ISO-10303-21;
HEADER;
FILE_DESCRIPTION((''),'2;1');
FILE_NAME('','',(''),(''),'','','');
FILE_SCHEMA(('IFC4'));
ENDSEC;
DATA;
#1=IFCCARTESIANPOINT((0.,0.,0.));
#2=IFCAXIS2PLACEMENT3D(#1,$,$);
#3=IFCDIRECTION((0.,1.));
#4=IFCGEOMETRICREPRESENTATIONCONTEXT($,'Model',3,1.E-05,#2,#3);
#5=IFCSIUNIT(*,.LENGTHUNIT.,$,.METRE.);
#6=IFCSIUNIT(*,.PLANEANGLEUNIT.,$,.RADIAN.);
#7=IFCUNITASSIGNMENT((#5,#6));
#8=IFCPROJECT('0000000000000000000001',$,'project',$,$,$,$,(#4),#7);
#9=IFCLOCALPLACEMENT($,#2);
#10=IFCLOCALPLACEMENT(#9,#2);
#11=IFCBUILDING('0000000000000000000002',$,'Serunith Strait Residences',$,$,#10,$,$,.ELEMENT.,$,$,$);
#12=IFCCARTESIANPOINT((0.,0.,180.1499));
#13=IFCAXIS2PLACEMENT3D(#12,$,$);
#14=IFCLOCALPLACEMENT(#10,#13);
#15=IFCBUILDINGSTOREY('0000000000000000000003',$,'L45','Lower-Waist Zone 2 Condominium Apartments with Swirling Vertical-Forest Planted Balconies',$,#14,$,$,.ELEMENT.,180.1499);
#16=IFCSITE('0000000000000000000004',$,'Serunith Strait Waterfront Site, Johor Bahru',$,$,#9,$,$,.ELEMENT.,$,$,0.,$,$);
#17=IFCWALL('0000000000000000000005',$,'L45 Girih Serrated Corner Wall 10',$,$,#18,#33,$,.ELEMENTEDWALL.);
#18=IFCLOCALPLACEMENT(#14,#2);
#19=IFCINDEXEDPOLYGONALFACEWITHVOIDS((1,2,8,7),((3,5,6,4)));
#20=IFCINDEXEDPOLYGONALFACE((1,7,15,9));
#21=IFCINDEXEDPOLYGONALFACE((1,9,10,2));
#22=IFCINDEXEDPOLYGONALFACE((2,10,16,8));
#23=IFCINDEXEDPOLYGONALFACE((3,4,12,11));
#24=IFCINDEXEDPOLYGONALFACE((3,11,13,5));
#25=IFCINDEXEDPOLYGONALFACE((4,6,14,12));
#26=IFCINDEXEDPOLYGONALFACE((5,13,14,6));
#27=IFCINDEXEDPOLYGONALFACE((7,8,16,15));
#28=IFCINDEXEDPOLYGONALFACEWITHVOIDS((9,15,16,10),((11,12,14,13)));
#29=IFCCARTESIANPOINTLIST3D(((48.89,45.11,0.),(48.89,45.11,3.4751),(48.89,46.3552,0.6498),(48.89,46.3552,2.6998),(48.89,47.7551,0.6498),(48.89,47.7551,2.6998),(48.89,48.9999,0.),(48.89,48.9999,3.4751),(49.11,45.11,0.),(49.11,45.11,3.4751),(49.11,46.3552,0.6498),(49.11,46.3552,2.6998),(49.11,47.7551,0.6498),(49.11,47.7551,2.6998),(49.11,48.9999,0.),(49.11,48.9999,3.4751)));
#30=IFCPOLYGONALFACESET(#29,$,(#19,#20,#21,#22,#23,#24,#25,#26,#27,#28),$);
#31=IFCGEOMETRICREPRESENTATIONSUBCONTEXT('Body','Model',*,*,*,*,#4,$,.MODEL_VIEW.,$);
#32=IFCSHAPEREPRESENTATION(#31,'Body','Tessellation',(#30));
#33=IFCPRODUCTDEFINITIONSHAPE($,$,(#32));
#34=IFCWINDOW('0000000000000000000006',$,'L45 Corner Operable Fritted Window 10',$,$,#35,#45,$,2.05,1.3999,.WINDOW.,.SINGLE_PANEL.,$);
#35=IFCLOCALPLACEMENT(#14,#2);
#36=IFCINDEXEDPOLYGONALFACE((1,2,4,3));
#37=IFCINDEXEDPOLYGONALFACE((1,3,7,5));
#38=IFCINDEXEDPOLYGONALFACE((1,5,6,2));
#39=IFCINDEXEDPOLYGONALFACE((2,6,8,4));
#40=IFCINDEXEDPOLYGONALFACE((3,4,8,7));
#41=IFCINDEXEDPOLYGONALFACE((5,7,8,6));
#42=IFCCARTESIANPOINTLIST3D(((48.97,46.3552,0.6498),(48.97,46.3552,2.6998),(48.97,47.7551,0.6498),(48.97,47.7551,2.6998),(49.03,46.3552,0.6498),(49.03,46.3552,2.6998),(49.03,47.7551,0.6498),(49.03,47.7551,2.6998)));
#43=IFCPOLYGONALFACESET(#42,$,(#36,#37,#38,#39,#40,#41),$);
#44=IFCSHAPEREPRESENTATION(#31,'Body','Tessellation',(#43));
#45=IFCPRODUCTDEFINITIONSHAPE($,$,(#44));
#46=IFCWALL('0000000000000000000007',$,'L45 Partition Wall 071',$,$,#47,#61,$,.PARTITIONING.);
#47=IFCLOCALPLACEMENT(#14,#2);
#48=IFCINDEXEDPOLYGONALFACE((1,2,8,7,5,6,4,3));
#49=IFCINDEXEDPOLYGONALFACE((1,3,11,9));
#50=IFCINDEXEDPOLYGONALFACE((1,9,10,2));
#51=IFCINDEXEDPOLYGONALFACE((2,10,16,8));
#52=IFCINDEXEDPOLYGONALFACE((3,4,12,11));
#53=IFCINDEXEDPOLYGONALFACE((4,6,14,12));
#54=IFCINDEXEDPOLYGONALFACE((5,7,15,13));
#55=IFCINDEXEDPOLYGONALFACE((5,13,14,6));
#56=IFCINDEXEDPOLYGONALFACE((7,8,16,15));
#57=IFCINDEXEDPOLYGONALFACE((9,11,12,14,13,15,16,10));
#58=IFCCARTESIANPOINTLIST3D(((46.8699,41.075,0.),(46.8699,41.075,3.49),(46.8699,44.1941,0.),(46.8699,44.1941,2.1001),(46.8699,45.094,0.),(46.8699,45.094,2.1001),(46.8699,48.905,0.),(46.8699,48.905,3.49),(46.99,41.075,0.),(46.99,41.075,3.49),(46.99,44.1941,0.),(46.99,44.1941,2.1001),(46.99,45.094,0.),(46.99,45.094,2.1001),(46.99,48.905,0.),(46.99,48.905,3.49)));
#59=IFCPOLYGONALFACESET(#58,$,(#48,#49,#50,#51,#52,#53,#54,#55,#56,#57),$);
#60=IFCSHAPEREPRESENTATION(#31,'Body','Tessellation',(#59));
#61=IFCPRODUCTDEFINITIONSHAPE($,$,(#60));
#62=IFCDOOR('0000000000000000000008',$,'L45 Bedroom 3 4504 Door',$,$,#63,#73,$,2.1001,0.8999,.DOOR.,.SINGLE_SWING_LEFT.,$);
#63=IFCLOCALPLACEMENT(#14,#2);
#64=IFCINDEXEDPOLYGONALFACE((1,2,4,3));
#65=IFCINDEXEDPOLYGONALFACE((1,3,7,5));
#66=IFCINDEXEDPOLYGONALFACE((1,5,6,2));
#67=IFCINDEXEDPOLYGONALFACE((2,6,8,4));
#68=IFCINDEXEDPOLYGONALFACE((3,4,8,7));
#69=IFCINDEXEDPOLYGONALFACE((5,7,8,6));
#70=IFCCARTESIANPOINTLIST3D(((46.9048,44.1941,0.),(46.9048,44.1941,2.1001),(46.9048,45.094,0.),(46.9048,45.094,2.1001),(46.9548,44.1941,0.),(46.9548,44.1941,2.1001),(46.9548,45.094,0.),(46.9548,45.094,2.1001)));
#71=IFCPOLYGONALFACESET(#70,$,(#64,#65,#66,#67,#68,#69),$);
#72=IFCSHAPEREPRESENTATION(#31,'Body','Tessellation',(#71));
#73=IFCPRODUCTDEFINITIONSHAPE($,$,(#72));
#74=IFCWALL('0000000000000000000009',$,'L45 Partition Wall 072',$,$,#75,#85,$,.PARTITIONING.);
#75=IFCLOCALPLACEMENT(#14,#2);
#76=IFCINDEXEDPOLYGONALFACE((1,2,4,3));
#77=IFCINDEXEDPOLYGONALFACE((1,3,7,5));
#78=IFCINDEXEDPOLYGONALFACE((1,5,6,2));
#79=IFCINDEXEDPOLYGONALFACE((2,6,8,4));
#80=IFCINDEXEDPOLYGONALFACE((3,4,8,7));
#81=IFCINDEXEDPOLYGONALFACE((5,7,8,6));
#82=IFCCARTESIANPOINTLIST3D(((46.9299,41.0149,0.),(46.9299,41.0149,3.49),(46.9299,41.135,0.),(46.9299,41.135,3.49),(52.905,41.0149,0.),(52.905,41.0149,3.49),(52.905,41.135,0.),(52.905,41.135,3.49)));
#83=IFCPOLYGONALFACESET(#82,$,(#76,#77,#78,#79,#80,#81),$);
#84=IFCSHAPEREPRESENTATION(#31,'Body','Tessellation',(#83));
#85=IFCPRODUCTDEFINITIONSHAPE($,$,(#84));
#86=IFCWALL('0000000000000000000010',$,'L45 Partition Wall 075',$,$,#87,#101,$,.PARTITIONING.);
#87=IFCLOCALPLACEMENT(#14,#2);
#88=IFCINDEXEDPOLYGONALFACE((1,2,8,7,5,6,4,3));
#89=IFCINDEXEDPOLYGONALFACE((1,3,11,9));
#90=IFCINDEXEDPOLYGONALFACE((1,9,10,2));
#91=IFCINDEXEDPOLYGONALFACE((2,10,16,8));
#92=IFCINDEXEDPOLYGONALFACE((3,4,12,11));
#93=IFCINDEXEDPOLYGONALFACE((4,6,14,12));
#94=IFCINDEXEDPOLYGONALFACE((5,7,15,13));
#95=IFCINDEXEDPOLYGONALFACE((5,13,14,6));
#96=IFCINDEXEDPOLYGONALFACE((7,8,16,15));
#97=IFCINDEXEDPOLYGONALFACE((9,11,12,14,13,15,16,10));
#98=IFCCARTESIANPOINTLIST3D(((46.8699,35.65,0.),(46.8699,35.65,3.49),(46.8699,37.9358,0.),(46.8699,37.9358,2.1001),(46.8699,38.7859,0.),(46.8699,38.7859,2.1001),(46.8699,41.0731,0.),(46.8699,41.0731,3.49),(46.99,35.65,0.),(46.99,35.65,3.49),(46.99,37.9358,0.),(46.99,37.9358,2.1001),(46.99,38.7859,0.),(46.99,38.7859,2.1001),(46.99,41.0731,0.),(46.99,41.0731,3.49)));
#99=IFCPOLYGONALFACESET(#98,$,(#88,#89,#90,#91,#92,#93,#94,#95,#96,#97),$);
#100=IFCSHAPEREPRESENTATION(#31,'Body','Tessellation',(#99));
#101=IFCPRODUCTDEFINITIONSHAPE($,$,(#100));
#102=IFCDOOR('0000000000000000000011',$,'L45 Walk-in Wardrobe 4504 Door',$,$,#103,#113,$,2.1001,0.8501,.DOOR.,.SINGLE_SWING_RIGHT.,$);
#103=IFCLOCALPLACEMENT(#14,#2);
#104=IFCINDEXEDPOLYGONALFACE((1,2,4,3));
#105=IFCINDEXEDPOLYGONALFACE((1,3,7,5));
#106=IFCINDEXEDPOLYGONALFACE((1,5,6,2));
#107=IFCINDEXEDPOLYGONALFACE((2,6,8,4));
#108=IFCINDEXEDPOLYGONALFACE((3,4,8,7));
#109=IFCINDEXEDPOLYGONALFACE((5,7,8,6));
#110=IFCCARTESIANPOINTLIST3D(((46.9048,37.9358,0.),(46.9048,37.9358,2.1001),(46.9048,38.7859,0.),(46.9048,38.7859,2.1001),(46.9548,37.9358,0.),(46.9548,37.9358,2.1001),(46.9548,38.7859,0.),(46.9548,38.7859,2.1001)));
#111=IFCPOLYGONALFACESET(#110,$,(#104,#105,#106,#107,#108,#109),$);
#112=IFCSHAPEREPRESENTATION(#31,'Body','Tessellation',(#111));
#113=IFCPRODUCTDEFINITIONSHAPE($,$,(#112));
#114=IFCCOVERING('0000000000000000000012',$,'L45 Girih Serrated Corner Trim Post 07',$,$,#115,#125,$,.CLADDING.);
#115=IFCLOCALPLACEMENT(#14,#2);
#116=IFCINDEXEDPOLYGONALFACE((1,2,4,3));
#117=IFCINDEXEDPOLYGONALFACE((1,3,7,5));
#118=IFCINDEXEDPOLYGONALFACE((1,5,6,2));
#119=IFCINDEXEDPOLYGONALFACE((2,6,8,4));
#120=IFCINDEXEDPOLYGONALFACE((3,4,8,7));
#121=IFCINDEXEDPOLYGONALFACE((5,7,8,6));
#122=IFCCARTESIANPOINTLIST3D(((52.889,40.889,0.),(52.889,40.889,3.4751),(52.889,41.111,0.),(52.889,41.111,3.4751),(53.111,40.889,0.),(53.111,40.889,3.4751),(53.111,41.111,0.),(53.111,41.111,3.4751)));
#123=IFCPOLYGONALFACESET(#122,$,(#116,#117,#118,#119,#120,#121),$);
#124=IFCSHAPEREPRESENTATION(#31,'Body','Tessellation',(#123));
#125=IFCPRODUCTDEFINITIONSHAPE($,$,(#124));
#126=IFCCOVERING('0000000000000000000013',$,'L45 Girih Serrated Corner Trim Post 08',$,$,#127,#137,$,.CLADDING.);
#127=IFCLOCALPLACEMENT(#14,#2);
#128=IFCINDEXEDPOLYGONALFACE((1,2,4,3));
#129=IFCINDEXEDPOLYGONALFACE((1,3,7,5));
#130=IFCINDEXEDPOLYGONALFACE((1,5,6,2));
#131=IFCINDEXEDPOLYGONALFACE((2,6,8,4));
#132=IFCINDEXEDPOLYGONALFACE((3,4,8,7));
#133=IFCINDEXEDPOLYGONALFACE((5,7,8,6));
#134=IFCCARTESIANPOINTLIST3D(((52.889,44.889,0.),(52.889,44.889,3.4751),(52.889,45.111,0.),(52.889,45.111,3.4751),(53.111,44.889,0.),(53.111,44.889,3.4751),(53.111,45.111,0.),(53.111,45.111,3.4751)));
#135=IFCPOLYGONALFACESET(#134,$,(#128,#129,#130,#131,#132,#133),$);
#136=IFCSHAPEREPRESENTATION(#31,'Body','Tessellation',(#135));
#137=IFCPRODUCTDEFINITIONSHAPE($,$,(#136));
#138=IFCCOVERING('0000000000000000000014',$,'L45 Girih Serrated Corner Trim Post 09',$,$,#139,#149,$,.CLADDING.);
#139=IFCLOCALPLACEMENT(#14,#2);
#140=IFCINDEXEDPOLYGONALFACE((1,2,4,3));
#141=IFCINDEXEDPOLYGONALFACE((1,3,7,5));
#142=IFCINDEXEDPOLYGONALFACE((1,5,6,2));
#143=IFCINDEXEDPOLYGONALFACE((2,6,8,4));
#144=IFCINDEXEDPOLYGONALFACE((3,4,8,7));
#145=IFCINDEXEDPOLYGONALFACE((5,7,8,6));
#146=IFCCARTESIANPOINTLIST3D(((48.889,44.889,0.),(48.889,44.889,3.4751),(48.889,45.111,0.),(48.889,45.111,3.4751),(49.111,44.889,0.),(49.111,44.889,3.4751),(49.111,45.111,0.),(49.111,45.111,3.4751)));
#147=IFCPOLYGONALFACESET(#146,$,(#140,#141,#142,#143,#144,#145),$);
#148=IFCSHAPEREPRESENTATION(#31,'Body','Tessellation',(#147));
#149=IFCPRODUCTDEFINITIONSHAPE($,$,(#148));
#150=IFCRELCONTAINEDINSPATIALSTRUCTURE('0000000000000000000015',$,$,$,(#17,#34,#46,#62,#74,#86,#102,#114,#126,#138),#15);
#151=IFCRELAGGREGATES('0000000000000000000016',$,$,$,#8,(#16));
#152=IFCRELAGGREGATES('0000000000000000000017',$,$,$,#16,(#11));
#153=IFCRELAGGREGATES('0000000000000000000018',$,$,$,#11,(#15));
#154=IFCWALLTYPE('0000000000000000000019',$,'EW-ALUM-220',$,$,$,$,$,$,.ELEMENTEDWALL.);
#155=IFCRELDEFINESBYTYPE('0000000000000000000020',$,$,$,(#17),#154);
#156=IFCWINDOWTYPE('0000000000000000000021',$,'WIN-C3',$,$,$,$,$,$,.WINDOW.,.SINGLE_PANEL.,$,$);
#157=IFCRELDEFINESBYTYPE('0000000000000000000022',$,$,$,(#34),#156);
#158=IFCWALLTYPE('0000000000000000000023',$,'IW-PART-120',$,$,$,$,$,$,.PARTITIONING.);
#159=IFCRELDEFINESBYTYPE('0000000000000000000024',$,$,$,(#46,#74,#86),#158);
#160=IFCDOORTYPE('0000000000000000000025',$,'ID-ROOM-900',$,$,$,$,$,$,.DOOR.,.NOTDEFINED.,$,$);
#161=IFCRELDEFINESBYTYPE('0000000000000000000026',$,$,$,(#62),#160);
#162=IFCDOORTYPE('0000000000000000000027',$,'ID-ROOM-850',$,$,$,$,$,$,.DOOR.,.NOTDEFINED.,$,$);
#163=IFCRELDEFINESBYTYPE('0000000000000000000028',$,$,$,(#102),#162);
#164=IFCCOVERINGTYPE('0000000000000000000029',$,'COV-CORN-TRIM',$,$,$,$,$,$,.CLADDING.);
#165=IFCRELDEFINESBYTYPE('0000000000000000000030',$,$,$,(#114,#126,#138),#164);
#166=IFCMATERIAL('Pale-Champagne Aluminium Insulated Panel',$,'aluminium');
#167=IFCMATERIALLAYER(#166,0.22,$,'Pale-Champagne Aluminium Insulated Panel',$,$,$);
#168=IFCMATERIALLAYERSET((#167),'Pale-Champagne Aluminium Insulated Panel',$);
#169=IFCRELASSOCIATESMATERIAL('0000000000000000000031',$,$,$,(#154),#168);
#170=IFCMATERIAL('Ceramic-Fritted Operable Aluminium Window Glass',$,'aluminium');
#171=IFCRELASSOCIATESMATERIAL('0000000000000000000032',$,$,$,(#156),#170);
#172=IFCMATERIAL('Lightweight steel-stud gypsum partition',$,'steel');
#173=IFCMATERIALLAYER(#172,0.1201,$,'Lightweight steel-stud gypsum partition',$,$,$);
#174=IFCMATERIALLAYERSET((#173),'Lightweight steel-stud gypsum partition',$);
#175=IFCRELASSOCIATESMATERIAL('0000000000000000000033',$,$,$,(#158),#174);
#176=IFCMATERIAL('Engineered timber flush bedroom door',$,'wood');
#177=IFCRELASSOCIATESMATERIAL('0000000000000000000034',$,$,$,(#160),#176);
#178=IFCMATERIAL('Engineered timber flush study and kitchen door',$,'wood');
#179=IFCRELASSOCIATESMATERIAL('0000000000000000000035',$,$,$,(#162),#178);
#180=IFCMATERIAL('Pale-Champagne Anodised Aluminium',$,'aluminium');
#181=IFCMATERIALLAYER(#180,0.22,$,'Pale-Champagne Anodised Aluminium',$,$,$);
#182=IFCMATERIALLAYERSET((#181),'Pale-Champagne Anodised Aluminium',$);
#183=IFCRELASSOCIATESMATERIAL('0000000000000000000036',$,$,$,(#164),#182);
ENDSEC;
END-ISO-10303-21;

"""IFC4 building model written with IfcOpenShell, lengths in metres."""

from ifc_helpers import new_model, si_unit, direction, frame, frame_2d, origin, origin_2d, place, context, subcontext, project, spatial, rectangle, extrude, source, transform, mapped, material, layer, layer_set, type_object, element, fill, save


model = new_model("IFC4")

# Units and contexts
model_context = context("Model", 3, precision=1e-05, world=origin(), true_north=direction((0.0, 1.0)))
body_context = subcontext(model_context, "Body", "Model", "MODEL_VIEW")
ifc_project = project(units=[si_unit("LENGTHUNIT", "METRE"), si_unit("PLANEANGLEUNIT", "RADIAN")], contexts=[model_context])

# Site, building, storey
site_placement = place(None, origin())
site = spatial("IfcSite", under=ifc_project, at=site_placement, Name="Serunith Strait Waterfront Site, Johor Bahru", CompositionType="ELEMENT", RefElevation=0.0)
building_placement = place(site_placement, origin())
building = spatial("IfcBuilding", under=site, at=building_placement, Name="Serunith Strait Residences", CompositionType="ELEMENT")
storey_placement = place(building_placement, frame((0.0, 0.0, 180.1499)))
storey = spatial("IfcBuildingStorey", under=building, at=storey_placement, Name="L45", Description="Lower-Waist Zone 2 Condominium Apartments with Swirling Vertical-Forest Planted Balconies", CompositionType="ELEMENT", Elevation=180.1499)

# Shared definitions
ifc_material_1 = material(Name="Pale-Champagne Anodised Aluminium", Category="aluminium")

# Wall, opening, window
ifc_material_2 = material(Name="Pale-Champagne Aluminium Insulated Panel", Category="aluminium")
ifc_layer_1 = layer(ifc_material_2, 0.22, Name="Pale-Champagne Aluminium Insulated Panel")
ifc_layer_set_1 = layer_set([ifc_layer_1], Name="Pale-Champagne Aluminium Insulated Panel")
wall_type_1 = type_object("IfcWallType", Name="EW-ALUM-220", PredefinedType="ELEMENTEDWALL", material=ifc_layer_set_1)
ifc_material_3 = material(Name="Ceramic-Fritted Operable Aluminium Window Glass", Category="aluminium")
window_type = type_object("IfcWindowType", Name="WIN-C3", PartitioningType="SINGLE_PANEL", PredefinedType="WINDOW", material=ifc_material_3)
shared_shape_1 = source(origin(), body_context, "Body", "SweptSolid", [
    extrude(rectangle(XDim=1.3999, YDim=2.05, at=frame_2d((0.7, 1.0249))), frame((0.0, 0.03, 0.0), z_axis=(0.0, -1.0, 0.0), x_axis=(1.0, 0.0, 0.0)), (0.0, 0.0, 1.0), 0.0601),
])
wall_1_placement = place(storey_placement, frame((49.0, 45.1101, 0.0), z_axis=(0.0, 0.0, 1.0), x_axis=(0.0, 1.0, 0.0)))
wall_1 = element("IfcWall", 1, at=wall_1_placement, inside=storey, type_object=wall_type_1, Name="L45 Girih Serrated Corner Wall 10", PredefinedType="ELEMENTEDWALL", context=body_context, shape_type="SweptSolid", body=[
    extrude(rectangle(XDim=3.8899, YDim=0.22, at=frame_2d((1.9448, 0.0))), origin(), (0.0, 0.0, 1.0), 3.4751),
])
opening_1_placement = place(wall_1_placement, frame((1.2451, 0.0, 0.6499)))
opening_1 = element("IfcOpeningElement", 2, at=opening_1_placement, cuts=wall_1, PredefinedType="OPENING", context=body_context, shape_type="SweptSolid", body=[
    extrude(rectangle(XDim=1.3999, YDim=2.05, at=frame_2d((0.7, 1.0249))), frame((0.0, 0.1201, 0.0), z_axis=(0.0, -1.0, 0.0), x_axis=(1.0, 0.0, 0.0)), (0.0, 0.0, 1.0), 0.24),
])
window_1_placement = place(opening_1_placement, origin())
window_1 = element("IfcWindow", 3, at=window_1_placement, inside=storey, type_object=window_type, Name="L45 Corner Operable Fritted Window 10", OverallHeight=2.05, OverallWidth=1.3999, PartitioningType="SINGLE_PANEL", PredefinedType="WINDOW", context=body_context, shape_type="MappedRepresentation", body=[
    mapped(shared_shape_1, transform((0.0, 0.0, 0.0), scale=1.0)),
])
fill(opening_1, window_1)

# Wall, opening, door
ifc_material_4 = material(Name="Lightweight steel-stud gypsum partition", Category="steel")
ifc_layer_2 = layer(ifc_material_4, 0.1201, Name="Lightweight steel-stud gypsum partition")
ifc_layer_set_2 = layer_set([ifc_layer_2], Name="Lightweight steel-stud gypsum partition")
wall_type_2 = type_object("IfcWallType", Name="IW-PART-120", PredefinedType="PARTITIONING", material=ifc_layer_set_2)
wall_2_placement = place(storey_placement, frame((46.9299, 48.905, 0.0), z_axis=(0.0, 0.0, 1.0), x_axis=(0.0, -1.0, 0.0)))
wall_2 = element("IfcWall", 4, at=wall_2_placement, inside=storey, type_object=wall_type_2, Name="L45 Partition Wall 071", PredefinedType="PARTITIONING", context=body_context, shape_type="SweptSolid", body=[
    extrude(rectangle(XDim=7.8301, YDim=0.1201, at=frame_2d((3.915, 0.0))), origin(), (0.0, 0.0, 1.0), 3.49),
])
opening_2_placement = place(wall_2_placement, frame((3.811, 0.0, 0.0)))
opening_2 = element("IfcOpeningElement", 5, at=opening_2_placement, cuts=wall_2, PredefinedType="OPENING", context=body_context, shape_type="SweptSolid", body=[
    extrude(rectangle(XDim=0.8999, YDim=2.1001, at=frame_2d((0.45, 1.05))), frame((0.0, 0.0701, 0.0), z_axis=(0.0, -1.0, 0.0), x_axis=(1.0, 0.0, 0.0)), (0.0, 0.0, 1.0), 0.1401),
])
ifc_material_5 = material(Name="Engineered timber flush bedroom door", Category="wood")
door_type_1 = type_object("IfcDoorType", Name="ID-ROOM-900", OperationType="NOTDEFINED", PredefinedType="DOOR", material=ifc_material_5)
shared_shape_2 = source(origin(), body_context, "Body", "SweptSolid", [
    extrude(rectangle(XDim=0.8999, YDim=2.1001, at=frame_2d((0.45, 1.05))), frame((0.0, 0.0249, 0.0), z_axis=(0.0, -1.0, 0.0), x_axis=(1.0, 0.0, 0.0)), (0.0, 0.0, 1.0), 0.05),
])
door_1_placement = place(opening_2_placement, origin())
door_1 = element("IfcDoor", 6, at=door_1_placement, inside=storey, type_object=door_type_1, Name="L45 Bedroom 3 4504 Door", OperationType="SINGLE_SWING_LEFT", OverallHeight=2.1001, OverallWidth=0.8999, PredefinedType="DOOR", context=body_context, shape_type="MappedRepresentation", body=[
    mapped(shared_shape_2, transform((0.0, 0.0, 0.0), scale=1.0)),
])
fill(opening_2, door_1)

# Wall
wall_3_placement = place(storey_placement, frame((46.9299, 41.075, 0.0), z_axis=(0.0, 0.0, 1.0), x_axis=(1.0, 0.0, 0.0)))
element("IfcWall", 7, at=wall_3_placement, inside=storey, type_object=wall_type_2, Name="L45 Partition Wall 072", PredefinedType="PARTITIONING", context=body_context, shape_type="SweptSolid", body=[
    extrude(rectangle(XDim=5.9751, YDim=0.1201, at=frame_2d((2.9875, 0.0))), origin(), (0.0, 0.0, 1.0), 3.49),
])

# Wall, opening, door
wall_4_placement = place(storey_placement, frame((46.9299, 41.073, 0.0), z_axis=(0.0, 0.0, 1.0), x_axis=(0.0, -1.0, 0.0)))
wall_4 = element("IfcWall", 8, at=wall_4_placement, inside=storey, type_object=wall_type_2, Name="L45 Partition Wall 075", PredefinedType="PARTITIONING", context=body_context, shape_type="SweptSolid", body=[
    extrude(rectangle(XDim=5.4231, YDim=0.1201, at=frame_2d((2.7114, 0.0))), origin(), (0.0, 0.0, 1.0), 3.49),
])
opening_3_placement = place(wall_4_placement, frame((2.2871, 0.0, 0.0)))
opening_3 = element("IfcOpeningElement", 9, at=opening_3_placement, cuts=wall_4, PredefinedType="OPENING", context=body_context, shape_type="SweptSolid", body=[
    extrude(rectangle(XDim=0.8501, YDim=2.1001, at=frame_2d((0.425, 1.05))), frame((0.0, 0.0701, 0.0), z_axis=(0.0, -1.0, 0.0), x_axis=(1.0, 0.0, 0.0)), (0.0, 0.0, 1.0), 0.1401),
])
ifc_material_6 = material(Name="Engineered timber flush study and kitchen door", Category="wood")
door_type_2 = type_object("IfcDoorType", Name="ID-ROOM-850", OperationType="NOTDEFINED", PredefinedType="DOOR", material=ifc_material_6)
shared_shape_3 = source(origin(), body_context, "Body", "SweptSolid", [
    extrude(rectangle(XDim=0.8501, YDim=2.1001, at=frame_2d((0.425, 1.05))), frame((0.0, 0.0249, 0.0), z_axis=(0.0, -1.0, 0.0), x_axis=(1.0, 0.0, 0.0)), (0.0, 0.0, 1.0), 0.05),
])
door_2_placement = place(opening_3_placement, origin())
door_2 = element("IfcDoor", 10, at=door_2_placement, inside=storey, type_object=door_type_2, Name="L45 Walk-in Wardrobe 4504 Door", OperationType="SINGLE_SWING_RIGHT", OverallHeight=2.1001, OverallWidth=0.8501, PredefinedType="DOOR", context=body_context, shape_type="MappedRepresentation", body=[
    mapped(shared_shape_3, transform((0.0, 0.0, 0.0), scale=1.0)),
])
fill(opening_3, door_2)

# Coverings
ifc_layer_3 = layer(ifc_material_1, 0.22, Name="Pale-Champagne Anodised Aluminium")
ifc_layer_set_3 = layer_set([ifc_layer_3], Name="Pale-Champagne Anodised Aluminium")
covering_type = type_object("IfcCoveringType", Name="COV-CORN-TRIM", PredefinedType="CLADDING", material=ifc_layer_set_3)
shared_shape_4 = source(origin(), body_context, "Body", "SweptSolid", [
    extrude(rectangle(XDim=0.2219, YDim=0.2219, at=origin_2d()), origin(), (0.0, 0.0, 1.0), 3.4751),
])
for number, where, z_axis, x_axis, name in (
    (11, (53.0, 41.0, 0.0), (0.0, 0.0, 1.0), (1.0, 0.0, 0.0), "L45 Girih Serrated Corner Trim Post 07"),
    (12, (53.0, 45.0, 0.0), (0.0, 0.0, 1.0), (1.0, 0.0, 0.0), "L45 Girih Serrated Corner Trim Post 08"),
    (13, (49.0, 45.0, 0.0), (0.0, 0.0, 1.0), (1.0, 0.0, 0.0), "L45 Girih Serrated Corner Trim Post 09"),
):
    element("IfcCovering", number, at=place(storey_placement, frame(where, z_axis=z_axis, x_axis=x_axis)), inside=storey, type_object=covering_type, Name=name, PredefinedType="CLADDING", context=body_context, shape_type="MappedRepresentation", body=[
        mapped(shared_shape_4, transform((0.0, 0.0, 0.0), scale=1.0)),
    ])

save(model, "model.ifc")
